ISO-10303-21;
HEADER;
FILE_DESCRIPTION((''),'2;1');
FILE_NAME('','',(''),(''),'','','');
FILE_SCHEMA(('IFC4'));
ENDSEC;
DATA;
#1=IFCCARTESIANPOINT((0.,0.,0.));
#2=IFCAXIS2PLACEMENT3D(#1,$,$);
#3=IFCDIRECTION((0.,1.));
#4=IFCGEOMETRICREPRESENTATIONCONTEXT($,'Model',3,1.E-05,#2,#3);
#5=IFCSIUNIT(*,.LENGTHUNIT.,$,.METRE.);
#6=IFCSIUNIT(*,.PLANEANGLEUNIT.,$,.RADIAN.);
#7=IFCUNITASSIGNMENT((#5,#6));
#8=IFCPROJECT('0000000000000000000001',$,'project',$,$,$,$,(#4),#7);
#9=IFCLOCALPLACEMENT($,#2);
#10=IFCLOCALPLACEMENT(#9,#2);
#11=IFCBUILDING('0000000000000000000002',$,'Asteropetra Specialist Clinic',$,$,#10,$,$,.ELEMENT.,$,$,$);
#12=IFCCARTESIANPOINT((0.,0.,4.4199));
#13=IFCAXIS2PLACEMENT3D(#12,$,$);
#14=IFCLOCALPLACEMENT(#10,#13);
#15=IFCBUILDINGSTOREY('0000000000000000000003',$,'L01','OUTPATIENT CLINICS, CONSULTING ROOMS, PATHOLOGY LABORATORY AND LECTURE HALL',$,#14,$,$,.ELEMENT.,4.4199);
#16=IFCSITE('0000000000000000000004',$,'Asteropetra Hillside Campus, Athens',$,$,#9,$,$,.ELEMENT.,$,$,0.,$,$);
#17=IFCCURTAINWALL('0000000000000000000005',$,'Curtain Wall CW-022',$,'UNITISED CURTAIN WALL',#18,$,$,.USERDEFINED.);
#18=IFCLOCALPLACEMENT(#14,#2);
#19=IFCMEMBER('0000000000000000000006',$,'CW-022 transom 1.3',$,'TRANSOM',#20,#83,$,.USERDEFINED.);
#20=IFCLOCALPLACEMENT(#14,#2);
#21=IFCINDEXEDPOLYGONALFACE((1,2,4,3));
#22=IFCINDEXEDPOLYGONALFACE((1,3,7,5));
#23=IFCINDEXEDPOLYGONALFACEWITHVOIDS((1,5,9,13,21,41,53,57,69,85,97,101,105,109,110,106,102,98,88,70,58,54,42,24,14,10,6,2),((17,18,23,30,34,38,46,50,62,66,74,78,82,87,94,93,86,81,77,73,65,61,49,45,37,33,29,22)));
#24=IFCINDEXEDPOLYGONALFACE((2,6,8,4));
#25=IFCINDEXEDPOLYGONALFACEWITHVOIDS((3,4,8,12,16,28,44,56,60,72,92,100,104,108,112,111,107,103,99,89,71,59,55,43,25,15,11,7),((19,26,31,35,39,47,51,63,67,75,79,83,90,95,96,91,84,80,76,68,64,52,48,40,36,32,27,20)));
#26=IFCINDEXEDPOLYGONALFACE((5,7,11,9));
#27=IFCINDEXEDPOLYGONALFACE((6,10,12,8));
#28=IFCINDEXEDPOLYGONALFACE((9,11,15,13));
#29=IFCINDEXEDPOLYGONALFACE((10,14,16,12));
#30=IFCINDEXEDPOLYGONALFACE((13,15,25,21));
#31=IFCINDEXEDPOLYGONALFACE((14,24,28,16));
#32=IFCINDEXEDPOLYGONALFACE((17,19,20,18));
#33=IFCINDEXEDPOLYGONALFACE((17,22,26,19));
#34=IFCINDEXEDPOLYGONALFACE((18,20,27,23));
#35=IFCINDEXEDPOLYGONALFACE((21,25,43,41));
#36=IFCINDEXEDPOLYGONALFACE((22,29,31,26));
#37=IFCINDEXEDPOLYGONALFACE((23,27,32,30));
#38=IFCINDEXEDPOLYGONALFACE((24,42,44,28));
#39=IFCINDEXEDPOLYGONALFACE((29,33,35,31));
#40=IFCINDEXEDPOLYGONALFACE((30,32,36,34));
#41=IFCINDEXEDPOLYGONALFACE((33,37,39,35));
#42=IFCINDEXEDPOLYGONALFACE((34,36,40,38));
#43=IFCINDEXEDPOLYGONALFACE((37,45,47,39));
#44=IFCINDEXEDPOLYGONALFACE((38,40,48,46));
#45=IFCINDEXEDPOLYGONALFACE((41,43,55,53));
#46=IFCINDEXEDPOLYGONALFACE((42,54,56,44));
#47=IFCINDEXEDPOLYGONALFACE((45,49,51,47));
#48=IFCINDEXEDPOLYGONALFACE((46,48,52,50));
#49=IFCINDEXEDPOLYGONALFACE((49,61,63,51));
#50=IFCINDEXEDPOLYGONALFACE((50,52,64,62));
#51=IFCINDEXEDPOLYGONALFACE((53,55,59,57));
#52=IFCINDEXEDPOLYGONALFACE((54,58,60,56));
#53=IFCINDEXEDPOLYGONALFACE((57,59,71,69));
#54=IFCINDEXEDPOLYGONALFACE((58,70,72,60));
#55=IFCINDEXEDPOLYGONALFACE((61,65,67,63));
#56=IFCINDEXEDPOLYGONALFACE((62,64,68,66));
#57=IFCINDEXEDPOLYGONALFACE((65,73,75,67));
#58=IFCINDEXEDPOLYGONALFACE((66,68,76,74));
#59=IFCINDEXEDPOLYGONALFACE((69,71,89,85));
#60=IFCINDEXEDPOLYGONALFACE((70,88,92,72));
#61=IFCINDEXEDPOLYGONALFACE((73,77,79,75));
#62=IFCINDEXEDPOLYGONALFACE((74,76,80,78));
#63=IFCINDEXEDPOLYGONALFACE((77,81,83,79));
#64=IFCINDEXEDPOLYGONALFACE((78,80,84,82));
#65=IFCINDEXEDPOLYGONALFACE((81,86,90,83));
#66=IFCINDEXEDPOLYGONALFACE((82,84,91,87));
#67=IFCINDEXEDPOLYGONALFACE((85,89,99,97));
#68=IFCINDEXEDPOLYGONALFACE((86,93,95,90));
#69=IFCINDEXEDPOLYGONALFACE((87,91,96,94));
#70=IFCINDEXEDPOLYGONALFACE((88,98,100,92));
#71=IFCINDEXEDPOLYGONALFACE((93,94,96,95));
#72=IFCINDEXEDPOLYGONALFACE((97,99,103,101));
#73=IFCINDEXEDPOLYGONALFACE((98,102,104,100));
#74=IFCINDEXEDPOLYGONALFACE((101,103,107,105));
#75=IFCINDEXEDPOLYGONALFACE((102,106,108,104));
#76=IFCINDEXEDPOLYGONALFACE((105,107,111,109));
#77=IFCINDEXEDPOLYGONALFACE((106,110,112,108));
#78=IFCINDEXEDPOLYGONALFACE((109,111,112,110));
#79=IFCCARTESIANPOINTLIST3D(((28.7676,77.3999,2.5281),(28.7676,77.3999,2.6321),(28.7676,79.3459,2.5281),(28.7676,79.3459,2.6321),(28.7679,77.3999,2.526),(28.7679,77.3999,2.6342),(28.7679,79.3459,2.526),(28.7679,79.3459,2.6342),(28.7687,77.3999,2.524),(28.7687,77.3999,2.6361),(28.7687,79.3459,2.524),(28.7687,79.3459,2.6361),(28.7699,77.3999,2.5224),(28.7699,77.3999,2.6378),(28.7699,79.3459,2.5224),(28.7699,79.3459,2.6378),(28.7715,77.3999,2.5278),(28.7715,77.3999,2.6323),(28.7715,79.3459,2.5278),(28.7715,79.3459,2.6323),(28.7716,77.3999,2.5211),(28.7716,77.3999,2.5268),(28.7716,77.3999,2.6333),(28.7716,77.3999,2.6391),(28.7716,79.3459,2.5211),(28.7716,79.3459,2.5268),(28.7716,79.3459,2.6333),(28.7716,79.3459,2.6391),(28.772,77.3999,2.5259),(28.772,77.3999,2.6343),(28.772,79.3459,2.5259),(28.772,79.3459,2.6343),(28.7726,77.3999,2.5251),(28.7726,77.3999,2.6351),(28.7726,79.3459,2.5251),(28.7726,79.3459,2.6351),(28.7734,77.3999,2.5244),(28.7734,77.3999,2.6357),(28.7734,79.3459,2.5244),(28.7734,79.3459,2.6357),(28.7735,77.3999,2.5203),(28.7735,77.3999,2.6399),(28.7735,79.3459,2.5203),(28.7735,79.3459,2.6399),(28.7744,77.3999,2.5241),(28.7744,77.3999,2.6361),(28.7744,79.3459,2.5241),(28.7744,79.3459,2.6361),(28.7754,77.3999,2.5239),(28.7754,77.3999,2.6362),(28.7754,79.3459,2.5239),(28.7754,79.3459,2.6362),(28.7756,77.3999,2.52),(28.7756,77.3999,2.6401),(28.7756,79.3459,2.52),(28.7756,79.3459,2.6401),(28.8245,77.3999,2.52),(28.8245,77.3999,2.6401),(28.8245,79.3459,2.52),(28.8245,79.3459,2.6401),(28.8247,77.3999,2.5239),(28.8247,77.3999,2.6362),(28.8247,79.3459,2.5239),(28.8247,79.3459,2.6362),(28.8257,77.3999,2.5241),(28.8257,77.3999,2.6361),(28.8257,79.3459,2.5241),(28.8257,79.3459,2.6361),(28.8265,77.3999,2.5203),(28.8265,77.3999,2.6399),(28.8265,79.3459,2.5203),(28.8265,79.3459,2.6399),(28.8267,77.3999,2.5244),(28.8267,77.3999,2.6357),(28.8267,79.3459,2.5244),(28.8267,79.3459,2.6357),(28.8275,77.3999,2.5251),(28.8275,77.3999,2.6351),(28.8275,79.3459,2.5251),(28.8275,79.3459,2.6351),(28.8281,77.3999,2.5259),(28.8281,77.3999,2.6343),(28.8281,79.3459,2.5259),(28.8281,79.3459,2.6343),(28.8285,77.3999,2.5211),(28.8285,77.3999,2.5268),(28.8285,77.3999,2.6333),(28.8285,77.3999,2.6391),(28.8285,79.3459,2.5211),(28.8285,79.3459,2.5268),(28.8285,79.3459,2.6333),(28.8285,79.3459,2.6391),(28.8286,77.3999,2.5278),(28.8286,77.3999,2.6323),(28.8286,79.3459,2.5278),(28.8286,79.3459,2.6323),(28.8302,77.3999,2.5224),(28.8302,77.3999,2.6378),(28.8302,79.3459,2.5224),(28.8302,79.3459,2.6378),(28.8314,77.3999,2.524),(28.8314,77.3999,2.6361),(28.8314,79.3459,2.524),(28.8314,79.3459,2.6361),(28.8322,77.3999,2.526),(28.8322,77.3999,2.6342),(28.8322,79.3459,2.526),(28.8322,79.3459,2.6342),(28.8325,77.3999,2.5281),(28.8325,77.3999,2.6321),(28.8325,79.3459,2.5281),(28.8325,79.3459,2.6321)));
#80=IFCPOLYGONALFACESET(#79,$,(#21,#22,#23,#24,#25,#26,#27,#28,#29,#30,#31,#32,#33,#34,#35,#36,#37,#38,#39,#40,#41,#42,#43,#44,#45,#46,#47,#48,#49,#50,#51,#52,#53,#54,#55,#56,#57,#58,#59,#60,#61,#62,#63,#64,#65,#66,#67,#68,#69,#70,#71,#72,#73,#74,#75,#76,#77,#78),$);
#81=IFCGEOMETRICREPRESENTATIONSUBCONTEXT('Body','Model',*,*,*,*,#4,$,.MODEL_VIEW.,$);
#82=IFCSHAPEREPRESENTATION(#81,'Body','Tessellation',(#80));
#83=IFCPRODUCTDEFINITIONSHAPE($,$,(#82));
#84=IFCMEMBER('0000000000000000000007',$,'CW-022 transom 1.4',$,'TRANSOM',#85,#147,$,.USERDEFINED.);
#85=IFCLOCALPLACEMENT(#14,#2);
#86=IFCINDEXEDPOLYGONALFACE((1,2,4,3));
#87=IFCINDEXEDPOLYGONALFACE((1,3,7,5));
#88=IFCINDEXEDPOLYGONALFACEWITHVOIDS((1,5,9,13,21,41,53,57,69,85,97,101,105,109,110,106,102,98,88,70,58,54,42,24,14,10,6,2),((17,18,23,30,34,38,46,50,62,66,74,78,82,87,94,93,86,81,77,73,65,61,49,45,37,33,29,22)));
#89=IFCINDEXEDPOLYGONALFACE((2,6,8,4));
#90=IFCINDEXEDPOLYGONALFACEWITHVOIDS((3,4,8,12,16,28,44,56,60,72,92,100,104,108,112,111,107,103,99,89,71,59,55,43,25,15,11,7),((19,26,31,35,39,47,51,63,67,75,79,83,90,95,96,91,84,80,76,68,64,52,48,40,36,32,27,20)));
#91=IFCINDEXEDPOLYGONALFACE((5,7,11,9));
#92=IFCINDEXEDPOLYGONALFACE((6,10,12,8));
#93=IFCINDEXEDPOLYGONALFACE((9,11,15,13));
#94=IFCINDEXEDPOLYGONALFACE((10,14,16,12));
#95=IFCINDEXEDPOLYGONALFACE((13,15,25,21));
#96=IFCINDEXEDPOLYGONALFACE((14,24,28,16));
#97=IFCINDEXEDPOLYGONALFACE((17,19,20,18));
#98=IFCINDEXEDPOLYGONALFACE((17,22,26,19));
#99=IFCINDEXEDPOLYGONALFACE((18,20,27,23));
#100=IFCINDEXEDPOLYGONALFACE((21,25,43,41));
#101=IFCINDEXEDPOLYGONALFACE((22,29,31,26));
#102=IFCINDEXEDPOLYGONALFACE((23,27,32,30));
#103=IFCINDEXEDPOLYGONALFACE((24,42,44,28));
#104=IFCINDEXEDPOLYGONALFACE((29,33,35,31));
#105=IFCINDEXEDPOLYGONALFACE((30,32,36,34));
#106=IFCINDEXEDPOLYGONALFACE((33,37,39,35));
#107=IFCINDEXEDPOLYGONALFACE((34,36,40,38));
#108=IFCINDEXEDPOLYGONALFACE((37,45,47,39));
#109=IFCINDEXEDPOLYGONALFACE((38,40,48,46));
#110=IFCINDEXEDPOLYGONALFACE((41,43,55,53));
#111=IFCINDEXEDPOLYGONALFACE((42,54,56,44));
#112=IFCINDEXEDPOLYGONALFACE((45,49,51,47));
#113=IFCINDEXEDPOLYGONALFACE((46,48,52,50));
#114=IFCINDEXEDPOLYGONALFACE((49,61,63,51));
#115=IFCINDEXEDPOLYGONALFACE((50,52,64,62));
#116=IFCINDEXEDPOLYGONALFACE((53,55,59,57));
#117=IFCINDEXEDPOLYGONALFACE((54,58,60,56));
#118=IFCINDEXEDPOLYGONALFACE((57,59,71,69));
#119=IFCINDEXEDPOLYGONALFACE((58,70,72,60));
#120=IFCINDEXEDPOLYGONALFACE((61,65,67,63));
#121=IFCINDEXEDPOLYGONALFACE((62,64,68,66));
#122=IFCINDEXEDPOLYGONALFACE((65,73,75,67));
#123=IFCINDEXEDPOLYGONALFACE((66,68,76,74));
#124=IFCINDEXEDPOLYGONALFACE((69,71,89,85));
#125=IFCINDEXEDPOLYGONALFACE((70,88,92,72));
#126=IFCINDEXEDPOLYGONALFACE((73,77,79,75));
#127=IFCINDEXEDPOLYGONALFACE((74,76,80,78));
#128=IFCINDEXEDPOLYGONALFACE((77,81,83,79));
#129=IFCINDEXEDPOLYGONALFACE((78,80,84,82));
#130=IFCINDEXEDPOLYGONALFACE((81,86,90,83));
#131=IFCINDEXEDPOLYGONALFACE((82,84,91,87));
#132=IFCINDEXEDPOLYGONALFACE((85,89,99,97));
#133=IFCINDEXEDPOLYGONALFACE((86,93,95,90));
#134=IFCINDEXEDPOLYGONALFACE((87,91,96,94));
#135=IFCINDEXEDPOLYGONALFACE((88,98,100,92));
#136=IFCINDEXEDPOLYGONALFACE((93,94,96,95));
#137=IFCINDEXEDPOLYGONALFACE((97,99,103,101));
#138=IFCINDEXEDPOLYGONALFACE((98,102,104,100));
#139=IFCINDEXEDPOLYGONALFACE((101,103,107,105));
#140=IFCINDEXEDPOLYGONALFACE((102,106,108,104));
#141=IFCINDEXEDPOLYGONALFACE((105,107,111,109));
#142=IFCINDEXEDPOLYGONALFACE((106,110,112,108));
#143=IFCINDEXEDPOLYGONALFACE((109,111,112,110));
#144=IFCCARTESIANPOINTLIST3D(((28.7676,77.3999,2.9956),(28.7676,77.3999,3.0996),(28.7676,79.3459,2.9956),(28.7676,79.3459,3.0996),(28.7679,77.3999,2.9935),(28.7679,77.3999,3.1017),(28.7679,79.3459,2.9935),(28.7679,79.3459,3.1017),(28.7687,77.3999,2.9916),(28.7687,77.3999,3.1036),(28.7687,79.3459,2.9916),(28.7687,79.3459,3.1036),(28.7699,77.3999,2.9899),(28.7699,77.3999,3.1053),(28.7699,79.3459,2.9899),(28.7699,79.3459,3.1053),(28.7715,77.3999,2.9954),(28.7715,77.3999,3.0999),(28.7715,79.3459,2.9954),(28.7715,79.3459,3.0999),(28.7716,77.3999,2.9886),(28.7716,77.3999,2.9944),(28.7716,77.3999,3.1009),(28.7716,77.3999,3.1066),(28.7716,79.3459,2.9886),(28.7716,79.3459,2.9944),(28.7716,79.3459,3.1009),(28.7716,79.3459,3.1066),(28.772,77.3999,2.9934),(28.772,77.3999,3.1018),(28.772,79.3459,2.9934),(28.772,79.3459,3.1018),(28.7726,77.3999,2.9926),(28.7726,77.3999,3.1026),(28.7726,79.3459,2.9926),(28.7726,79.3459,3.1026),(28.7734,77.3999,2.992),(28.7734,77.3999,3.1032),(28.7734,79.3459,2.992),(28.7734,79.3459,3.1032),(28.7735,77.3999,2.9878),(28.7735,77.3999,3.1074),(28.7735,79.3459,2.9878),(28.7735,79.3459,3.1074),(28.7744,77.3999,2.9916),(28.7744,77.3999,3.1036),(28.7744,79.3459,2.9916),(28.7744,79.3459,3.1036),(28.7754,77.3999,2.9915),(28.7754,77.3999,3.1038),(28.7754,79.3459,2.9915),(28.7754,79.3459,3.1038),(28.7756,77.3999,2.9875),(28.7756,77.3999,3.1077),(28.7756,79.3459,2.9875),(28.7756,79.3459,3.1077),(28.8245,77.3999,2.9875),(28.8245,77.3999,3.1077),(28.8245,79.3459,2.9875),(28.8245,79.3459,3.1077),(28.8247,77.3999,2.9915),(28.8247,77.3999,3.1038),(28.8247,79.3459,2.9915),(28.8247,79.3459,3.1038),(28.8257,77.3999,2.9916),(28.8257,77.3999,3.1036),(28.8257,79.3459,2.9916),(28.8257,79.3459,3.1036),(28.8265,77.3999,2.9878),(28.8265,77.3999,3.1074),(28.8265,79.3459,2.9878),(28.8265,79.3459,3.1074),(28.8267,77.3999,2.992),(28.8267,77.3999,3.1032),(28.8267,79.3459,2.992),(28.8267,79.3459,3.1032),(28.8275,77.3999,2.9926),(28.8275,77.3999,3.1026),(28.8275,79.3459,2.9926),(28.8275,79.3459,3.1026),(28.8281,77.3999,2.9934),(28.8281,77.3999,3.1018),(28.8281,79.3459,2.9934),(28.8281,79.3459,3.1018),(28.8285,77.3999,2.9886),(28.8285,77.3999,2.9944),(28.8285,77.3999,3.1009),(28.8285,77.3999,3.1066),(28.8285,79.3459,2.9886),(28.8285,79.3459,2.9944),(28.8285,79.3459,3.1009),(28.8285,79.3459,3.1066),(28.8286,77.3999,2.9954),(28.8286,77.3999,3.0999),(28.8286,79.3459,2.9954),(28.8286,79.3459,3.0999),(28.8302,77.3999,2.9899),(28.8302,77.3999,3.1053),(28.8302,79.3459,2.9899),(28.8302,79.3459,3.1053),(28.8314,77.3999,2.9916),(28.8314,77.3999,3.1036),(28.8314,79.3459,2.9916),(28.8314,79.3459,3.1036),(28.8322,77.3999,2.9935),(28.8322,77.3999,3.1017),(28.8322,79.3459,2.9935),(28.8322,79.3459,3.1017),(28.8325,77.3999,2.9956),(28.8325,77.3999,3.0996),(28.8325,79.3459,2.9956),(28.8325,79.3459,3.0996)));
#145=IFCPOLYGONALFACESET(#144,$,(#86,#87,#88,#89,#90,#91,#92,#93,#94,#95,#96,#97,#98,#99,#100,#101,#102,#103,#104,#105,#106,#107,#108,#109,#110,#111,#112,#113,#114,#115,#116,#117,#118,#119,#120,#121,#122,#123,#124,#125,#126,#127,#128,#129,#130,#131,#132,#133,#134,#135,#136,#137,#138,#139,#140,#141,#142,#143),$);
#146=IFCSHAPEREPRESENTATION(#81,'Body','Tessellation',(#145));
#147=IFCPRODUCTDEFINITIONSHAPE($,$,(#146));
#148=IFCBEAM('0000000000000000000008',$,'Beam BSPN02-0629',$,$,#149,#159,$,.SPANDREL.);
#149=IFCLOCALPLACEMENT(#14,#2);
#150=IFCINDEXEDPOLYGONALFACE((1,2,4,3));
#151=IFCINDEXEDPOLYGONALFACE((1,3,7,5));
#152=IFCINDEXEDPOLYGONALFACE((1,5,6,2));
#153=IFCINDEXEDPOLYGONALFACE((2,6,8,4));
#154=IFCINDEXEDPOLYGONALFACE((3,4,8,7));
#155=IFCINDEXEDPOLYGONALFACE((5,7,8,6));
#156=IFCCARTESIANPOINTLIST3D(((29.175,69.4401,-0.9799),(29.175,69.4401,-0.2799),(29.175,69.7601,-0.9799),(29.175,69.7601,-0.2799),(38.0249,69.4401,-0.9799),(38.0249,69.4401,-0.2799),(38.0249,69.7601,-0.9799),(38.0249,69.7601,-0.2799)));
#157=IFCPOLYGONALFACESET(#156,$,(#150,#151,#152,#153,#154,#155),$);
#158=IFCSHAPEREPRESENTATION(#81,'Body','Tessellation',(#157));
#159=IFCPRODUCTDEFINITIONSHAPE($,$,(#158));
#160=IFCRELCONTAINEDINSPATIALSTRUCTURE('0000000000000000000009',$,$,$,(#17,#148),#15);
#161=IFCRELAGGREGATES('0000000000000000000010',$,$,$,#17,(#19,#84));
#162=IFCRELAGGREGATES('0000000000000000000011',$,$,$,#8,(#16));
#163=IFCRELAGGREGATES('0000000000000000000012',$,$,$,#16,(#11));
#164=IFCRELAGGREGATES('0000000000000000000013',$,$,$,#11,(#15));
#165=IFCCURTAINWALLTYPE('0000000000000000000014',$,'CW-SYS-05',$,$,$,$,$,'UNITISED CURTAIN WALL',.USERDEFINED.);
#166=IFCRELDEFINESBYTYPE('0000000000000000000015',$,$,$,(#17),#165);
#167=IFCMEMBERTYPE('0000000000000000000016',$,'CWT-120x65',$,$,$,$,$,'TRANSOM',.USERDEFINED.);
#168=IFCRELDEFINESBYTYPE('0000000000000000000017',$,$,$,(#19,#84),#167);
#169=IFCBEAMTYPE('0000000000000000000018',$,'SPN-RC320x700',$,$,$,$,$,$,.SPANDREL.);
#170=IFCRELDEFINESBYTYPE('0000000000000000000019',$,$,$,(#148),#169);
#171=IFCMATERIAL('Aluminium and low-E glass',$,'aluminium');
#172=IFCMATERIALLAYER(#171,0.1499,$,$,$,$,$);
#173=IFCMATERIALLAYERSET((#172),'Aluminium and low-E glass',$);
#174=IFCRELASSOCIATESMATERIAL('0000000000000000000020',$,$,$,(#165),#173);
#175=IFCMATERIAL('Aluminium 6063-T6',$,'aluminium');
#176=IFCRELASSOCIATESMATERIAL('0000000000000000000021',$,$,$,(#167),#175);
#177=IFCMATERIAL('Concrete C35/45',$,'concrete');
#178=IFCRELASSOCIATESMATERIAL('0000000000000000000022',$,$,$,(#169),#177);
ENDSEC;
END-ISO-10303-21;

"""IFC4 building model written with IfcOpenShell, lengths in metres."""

from ifc_helpers import new_model, si_unit, direction, frame, origin, origin_2d, place, context, subcontext, project, spatial, rectangle, hollow_rectangle, extrude, material, layer, layer_set, material_profile, profile_set, type_object, element, aggregate, save


model = new_model("IFC4")

# Units and contexts
model_context = context("Model", 3, precision=1e-05, world=origin(), true_north=direction((0.0, 1.0)))
body_context = subcontext(model_context, "Body", "Model", "MODEL_VIEW")
ifc_project = project(units=[si_unit("LENGTHUNIT", "METRE"), si_unit("PLANEANGLEUNIT", "RADIAN")], contexts=[model_context])

# Site, building, storey
site_placement = place(None, origin())
site = spatial("IfcSite", under=ifc_project, at=site_placement, Name="Asteropetra Hillside Campus, Athens", CompositionType="ELEMENT", RefElevation=0.0)
building_placement = place(site_placement, origin())
building = spatial("IfcBuilding", under=site, at=building_placement, Name="Asteropetra Specialist Clinic", CompositionType="ELEMENT")
storey_placement = place(building_placement, frame((0.0, 0.0, 4.4199)))
storey = spatial("IfcBuildingStorey", under=building, at=storey_placement, Name="L01", Description="OUTPATIENT CLINICS, CONSULTING ROOMS, PATHOLOGY LABORATORY AND LECTURE HALL", CompositionType="ELEMENT", Elevation=4.4199)

# Curtain wall
ifc_material_1 = material(Name="Aluminium and low-E glass", Category="aluminium")
ifc_layer_1 = layer(ifc_material_1, 0.1499)
ifc_layer_set_1 = layer_set([ifc_layer_1], Name="Aluminium and low-E glass")
curtain_wall_type_1 = type_object("IfcCurtainWallType", Name="CW-SYS-05", ElementType="UNITISED CURTAIN WALL", PredefinedType="USERDEFINED", material=ifc_layer_set_1)
curtain_wall_1_placement = place(storey_placement, origin())
curtain_wall_1 = element("IfcCurtainWall", 1, at=curtain_wall_1_placement, inside=storey, type_object=curtain_wall_type_1, Name="Curtain Wall CW-022", ObjectType="UNITISED CURTAIN WALL", PredefinedType="USERDEFINED")

# Members
ifc_material_2 = material(Name="Aluminium 6063-T6", Category="aluminium")
ifc_material_profile_1 = material_profile(ifc_material_2, hollow_rectangle(XDim=0.0649, YDim=0.1201, WallThickness=0.0039, InnerFilletRadius=0.0039, OuterFilletRadius=0.0081, at=origin_2d()), Name="TRN 120x65x4.0")
ifc_profile_set_1 = profile_set([ifc_material_profile_1], Name="Aluminium 6063-T6")
member_type_1 = type_object("IfcMemberType", Name="CWT-120x65", ElementType="TRANSOM", PredefinedType="USERDEFINED", material=ifc_profile_set_1)
member_1_placement = place(storey_placement, frame((28.8, 77.3999, 2.5801), z_axis=(0.0, 1.0, 0.0), x_axis=(-1.0, 0.0, 0.0)))
member_1 = element("IfcMember", 2, at=member_1_placement, type_object=member_type_1, Name="CW-022 transom 1.3", ObjectType="TRANSOM", PredefinedType="USERDEFINED", context=body_context, shape_type="SweptSolid", body=[
    extrude(hollow_rectangle(XDim=0.0649, YDim=0.1201, WallThickness=0.0039, InnerFilletRadius=0.0039, OuterFilletRadius=0.0081, at=origin_2d()), origin(), (0.0, 0.0, 1.0), 1.946),
])
member_2_placement = place(storey_placement, frame((28.8, 77.3999, 3.0476), z_axis=(0.0, 1.0, 0.0), x_axis=(-1.0, 0.0, 0.0)))
member_2 = element("IfcMember", 3, at=member_2_placement, type_object=member_type_1, Name="CW-022 transom 1.4", ObjectType="TRANSOM", PredefinedType="USERDEFINED", context=body_context, shape_type="SweptSolid", body=[
    extrude(hollow_rectangle(XDim=0.0649, YDim=0.1201, WallThickness=0.0039, InnerFilletRadius=0.0039, OuterFilletRadius=0.0081, at=origin_2d()), origin(), (0.0, 0.0, 1.0), 1.946),
])

# Beam
ifc_material_3 = material(Name="Concrete C35/45", Category="concrete")
ifc_material_profile_2 = material_profile(ifc_material_3, rectangle(XDim=0.3201, YDim=0.7, at=origin_2d()), Name="RCS 320x700")
ifc_profile_set_2 = profile_set([ifc_material_profile_2], Name="Concrete C35/45")
beam_type_1 = type_object("IfcBeamType", Name="SPN-RC320x700", PredefinedType="SPANDREL", material=ifc_profile_set_2)
beam_1_placement = place(storey_placement, frame((29.175, 69.6001, -0.6299), z_axis=(1.0, 0.0, 0.0), x_axis=(0.0, 1.0, 0.0)))
element("IfcBeam", 4, at=beam_1_placement, inside=storey, type_object=beam_type_1, Name="Beam BSPN02-0629", PredefinedType="SPANDREL", context=body_context, shape_type="SweptSolid", body=[
    extrude(rectangle(XDim=0.3201, YDim=0.7, at=origin_2d()), origin(), (0.0, 0.0, 1.0), 8.8499),
])

aggregate(curtain_wall_1, [member_1, member_2])

save(model, "model.ifc")
